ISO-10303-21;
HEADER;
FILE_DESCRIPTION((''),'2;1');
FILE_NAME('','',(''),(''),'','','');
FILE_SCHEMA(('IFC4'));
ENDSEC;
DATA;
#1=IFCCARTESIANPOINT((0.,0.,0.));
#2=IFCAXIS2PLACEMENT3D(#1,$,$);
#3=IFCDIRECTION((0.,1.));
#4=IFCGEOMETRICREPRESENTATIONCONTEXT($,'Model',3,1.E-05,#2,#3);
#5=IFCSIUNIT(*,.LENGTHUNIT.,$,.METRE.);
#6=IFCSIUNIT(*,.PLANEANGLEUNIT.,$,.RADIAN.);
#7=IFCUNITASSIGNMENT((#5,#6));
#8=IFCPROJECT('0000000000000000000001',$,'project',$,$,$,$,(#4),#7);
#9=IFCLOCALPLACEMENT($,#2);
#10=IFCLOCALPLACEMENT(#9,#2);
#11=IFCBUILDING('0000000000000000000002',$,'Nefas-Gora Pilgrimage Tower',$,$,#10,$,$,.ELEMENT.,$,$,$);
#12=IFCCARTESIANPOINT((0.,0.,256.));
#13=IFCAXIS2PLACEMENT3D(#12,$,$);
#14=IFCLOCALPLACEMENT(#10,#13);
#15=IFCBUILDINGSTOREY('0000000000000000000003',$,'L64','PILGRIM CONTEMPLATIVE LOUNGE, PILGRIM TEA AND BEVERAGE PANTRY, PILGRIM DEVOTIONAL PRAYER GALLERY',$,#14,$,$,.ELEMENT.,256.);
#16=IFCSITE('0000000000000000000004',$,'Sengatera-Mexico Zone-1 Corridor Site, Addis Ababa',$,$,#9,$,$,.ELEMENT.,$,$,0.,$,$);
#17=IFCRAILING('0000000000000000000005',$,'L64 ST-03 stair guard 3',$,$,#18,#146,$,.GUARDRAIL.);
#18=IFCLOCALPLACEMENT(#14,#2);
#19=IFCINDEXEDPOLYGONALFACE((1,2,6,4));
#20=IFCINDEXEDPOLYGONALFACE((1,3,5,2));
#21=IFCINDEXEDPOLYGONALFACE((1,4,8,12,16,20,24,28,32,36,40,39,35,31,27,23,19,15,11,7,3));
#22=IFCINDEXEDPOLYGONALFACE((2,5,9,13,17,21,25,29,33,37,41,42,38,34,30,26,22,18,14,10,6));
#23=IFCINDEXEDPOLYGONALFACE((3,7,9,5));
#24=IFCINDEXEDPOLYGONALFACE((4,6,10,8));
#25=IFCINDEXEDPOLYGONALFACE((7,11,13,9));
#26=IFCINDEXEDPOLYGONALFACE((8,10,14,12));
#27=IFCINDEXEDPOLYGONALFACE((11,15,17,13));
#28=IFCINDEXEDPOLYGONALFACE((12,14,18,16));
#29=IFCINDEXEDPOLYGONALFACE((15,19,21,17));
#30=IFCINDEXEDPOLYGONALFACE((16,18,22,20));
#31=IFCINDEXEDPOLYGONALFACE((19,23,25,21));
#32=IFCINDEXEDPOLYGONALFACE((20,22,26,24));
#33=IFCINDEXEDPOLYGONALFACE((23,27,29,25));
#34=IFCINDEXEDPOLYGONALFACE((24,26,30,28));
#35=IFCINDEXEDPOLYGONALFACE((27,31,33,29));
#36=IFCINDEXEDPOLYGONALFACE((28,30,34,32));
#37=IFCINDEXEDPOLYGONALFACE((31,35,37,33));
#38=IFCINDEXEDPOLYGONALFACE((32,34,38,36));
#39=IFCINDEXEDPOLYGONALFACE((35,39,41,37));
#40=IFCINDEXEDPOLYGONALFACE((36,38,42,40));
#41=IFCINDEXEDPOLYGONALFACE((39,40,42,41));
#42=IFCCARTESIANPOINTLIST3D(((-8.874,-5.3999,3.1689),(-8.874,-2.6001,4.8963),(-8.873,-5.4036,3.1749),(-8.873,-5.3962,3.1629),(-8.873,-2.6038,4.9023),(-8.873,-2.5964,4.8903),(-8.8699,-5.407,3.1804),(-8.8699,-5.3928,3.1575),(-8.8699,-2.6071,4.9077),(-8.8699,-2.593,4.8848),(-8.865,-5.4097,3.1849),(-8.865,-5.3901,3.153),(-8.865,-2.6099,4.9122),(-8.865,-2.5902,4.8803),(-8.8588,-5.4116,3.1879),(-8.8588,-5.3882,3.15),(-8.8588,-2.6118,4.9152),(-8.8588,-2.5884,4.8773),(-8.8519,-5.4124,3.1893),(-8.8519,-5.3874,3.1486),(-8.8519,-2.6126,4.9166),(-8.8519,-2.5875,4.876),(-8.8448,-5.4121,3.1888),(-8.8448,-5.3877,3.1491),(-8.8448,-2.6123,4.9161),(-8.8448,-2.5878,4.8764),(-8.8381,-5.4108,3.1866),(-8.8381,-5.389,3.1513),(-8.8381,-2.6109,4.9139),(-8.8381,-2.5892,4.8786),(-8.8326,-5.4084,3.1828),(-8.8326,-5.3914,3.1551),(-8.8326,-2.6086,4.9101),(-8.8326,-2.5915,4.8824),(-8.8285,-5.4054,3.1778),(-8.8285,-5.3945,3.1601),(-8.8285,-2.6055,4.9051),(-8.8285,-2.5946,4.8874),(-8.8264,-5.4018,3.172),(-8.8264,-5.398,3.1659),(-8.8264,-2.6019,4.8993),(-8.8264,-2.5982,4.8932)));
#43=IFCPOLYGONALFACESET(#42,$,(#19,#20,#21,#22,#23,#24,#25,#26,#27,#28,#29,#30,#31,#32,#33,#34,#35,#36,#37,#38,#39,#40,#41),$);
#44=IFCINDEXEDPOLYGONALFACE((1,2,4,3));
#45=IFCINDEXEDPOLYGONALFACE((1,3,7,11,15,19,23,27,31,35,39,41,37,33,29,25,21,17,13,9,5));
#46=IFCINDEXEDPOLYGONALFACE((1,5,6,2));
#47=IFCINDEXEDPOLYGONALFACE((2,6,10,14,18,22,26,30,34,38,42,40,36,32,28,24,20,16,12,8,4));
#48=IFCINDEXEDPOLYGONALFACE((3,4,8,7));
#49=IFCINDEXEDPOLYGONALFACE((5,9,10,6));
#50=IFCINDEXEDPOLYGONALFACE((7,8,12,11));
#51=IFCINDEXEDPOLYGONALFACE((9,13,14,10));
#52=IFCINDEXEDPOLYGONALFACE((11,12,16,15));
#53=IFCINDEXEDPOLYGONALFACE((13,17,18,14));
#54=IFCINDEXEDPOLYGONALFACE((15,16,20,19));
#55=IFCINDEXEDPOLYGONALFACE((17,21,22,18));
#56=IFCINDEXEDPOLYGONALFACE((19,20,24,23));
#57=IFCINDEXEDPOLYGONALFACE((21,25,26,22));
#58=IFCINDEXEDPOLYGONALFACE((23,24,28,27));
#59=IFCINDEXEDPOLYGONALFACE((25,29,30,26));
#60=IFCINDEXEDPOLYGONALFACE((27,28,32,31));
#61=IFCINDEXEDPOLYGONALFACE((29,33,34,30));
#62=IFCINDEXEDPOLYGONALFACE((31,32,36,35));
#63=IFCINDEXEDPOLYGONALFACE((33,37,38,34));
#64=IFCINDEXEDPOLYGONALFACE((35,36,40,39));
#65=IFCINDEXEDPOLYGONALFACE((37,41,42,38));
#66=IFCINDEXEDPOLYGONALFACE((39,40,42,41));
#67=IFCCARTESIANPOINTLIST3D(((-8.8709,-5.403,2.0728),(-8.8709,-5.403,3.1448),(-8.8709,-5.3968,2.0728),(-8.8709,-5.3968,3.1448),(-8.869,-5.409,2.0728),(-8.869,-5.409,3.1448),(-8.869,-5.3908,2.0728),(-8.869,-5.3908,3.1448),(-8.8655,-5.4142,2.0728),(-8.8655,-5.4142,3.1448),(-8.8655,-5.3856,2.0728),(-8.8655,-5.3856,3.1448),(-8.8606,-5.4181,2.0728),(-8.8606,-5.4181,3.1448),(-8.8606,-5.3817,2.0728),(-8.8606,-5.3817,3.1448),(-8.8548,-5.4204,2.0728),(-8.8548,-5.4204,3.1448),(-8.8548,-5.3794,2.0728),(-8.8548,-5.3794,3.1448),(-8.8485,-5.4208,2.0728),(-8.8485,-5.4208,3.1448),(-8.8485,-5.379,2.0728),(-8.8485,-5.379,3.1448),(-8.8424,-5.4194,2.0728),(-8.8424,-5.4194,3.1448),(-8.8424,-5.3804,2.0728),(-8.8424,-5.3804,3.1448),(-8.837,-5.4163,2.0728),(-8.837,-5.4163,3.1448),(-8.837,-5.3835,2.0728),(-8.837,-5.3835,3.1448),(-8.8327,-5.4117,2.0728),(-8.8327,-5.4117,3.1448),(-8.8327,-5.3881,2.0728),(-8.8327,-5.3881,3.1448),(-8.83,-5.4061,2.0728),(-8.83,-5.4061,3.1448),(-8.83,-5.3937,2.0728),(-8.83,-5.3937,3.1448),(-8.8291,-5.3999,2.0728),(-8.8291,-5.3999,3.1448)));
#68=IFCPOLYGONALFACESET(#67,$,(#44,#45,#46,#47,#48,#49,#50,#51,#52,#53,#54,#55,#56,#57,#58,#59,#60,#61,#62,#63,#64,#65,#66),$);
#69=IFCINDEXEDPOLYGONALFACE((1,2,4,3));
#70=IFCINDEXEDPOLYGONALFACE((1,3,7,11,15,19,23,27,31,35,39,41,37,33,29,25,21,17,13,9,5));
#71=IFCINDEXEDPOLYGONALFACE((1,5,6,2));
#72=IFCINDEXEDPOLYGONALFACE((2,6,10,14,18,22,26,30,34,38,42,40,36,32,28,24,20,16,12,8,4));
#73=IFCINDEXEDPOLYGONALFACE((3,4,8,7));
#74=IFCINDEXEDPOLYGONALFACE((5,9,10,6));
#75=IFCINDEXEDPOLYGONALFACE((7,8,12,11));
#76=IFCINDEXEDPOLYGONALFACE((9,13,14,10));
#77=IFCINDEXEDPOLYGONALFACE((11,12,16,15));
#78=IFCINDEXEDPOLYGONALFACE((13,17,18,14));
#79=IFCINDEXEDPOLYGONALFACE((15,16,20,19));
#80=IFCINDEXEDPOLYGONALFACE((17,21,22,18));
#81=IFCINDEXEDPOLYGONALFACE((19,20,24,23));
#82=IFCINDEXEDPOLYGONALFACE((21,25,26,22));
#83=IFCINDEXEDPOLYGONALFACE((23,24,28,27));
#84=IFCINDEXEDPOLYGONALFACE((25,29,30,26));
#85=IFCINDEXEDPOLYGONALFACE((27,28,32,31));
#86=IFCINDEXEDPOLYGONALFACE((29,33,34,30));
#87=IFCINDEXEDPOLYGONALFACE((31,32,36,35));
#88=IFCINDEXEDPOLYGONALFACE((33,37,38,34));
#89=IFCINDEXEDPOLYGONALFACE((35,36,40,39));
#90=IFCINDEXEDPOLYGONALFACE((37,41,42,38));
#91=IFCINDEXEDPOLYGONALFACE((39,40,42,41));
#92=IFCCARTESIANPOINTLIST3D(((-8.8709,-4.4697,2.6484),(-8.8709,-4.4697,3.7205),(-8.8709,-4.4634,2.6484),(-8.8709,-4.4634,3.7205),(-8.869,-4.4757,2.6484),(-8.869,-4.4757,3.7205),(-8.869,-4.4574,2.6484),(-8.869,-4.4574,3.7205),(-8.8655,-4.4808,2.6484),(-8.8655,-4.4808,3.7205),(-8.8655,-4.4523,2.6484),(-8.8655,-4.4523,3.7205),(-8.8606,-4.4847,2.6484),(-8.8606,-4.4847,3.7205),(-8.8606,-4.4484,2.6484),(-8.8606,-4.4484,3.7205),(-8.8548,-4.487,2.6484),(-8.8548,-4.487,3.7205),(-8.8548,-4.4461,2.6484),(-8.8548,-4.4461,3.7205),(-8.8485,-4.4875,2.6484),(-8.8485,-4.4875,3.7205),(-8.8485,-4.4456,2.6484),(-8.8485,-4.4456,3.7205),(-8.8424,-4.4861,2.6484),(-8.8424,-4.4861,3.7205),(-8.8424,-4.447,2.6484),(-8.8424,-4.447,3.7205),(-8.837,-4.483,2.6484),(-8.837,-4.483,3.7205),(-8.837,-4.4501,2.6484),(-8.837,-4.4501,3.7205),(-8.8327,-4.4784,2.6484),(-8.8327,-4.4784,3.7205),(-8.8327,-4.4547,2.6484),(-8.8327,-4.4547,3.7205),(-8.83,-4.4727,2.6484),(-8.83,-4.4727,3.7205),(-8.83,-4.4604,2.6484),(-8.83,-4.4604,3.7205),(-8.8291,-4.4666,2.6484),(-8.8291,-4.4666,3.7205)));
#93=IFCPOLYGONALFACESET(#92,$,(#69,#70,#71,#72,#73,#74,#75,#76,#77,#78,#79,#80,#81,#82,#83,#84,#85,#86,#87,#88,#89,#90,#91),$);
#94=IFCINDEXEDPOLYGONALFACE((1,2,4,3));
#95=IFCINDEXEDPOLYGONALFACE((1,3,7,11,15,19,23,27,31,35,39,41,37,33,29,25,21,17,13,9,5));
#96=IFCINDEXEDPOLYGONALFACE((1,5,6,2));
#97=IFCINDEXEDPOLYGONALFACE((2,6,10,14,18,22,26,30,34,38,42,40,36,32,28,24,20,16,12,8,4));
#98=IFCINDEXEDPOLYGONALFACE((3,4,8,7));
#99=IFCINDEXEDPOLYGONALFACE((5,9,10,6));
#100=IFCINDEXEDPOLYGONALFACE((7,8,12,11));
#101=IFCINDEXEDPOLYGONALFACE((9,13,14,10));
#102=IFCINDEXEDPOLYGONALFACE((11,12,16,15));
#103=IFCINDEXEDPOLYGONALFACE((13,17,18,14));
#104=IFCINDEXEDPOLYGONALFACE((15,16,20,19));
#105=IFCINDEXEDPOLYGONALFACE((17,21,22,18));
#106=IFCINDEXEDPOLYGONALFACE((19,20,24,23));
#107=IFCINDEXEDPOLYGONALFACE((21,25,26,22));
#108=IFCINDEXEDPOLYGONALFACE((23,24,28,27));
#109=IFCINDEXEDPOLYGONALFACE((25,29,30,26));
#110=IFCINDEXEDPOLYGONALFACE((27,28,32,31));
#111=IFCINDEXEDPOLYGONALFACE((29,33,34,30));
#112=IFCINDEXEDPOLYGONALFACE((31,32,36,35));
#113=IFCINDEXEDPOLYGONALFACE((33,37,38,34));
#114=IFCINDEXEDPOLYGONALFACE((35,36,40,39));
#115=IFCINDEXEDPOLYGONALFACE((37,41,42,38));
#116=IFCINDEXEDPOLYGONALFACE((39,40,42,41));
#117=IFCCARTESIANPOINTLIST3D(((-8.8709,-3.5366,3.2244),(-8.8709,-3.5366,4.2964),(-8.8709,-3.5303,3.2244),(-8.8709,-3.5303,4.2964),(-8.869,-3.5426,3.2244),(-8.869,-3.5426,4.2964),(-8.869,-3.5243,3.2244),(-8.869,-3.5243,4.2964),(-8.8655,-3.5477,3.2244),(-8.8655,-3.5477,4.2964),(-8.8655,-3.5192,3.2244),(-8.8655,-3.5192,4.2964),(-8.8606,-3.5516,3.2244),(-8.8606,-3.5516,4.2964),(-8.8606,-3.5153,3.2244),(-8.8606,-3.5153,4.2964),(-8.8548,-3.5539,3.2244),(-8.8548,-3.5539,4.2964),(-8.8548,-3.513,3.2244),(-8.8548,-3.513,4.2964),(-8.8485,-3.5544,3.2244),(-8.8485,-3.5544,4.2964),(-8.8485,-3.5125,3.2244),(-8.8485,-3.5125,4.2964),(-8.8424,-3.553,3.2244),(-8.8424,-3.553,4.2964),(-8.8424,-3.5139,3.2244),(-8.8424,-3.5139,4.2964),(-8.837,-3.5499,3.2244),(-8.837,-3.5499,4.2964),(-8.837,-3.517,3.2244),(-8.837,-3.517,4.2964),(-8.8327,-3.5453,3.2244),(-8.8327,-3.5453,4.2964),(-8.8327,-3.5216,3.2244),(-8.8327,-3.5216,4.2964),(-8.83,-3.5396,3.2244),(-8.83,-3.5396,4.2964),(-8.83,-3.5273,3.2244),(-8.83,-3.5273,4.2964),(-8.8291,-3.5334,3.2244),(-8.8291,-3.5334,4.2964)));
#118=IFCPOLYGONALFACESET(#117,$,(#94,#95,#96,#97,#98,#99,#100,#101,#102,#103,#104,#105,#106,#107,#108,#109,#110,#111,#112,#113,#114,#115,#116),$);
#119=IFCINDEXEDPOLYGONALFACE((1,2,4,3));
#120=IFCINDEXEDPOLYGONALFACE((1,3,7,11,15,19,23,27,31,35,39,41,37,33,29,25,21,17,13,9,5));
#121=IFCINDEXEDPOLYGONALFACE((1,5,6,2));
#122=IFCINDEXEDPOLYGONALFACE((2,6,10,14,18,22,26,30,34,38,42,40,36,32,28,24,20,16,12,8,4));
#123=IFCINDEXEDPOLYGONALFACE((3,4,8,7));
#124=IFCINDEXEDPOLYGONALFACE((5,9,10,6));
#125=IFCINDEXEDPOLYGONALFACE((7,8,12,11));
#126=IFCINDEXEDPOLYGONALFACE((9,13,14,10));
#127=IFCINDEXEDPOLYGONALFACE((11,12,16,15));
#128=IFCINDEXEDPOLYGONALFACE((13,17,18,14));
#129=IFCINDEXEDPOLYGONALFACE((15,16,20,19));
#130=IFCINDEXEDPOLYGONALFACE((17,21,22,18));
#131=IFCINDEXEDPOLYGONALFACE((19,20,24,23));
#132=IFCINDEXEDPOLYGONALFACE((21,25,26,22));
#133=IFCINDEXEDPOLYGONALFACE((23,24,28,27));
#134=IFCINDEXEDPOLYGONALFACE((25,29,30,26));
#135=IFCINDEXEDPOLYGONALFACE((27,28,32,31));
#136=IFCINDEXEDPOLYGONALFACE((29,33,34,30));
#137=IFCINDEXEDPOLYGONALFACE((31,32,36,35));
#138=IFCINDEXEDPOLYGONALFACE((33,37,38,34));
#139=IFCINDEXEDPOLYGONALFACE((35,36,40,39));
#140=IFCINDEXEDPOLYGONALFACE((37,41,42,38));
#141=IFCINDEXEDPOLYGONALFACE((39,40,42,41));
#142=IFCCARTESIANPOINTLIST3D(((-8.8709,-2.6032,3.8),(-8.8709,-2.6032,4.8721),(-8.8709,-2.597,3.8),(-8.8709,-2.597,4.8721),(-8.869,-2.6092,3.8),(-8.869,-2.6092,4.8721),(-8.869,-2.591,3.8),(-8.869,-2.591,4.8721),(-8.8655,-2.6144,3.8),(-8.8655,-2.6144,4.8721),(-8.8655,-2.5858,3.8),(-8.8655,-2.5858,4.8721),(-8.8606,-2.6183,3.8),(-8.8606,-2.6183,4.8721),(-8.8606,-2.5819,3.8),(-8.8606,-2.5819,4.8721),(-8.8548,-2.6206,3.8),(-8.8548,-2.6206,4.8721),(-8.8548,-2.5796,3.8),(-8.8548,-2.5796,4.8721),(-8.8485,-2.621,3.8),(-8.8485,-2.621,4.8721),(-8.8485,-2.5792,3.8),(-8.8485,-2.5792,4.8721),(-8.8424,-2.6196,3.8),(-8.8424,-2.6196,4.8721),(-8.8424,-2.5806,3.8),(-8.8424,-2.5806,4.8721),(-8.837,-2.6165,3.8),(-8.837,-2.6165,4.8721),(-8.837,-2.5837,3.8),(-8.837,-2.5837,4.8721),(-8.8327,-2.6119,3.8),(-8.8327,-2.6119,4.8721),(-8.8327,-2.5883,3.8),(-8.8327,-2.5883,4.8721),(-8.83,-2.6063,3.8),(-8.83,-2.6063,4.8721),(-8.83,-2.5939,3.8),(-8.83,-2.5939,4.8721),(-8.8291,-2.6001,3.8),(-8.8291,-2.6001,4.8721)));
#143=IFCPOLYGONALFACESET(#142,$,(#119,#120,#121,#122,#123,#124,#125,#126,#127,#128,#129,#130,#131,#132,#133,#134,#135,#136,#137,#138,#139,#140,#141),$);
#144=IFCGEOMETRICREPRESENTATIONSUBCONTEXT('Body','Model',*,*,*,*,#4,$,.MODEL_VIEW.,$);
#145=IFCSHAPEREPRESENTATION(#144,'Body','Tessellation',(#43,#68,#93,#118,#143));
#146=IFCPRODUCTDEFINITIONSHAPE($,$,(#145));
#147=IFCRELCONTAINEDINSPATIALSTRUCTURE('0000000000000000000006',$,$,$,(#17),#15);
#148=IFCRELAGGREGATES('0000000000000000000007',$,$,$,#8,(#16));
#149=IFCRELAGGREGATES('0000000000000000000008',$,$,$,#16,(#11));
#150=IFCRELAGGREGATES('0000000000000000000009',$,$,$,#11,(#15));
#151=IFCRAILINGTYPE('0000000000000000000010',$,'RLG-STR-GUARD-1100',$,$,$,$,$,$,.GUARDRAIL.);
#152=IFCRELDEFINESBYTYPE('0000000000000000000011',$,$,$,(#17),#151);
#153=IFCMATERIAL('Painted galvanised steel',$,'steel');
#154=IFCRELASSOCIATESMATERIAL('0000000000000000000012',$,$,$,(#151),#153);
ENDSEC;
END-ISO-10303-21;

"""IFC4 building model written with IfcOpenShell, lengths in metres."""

from ifc_helpers import new_model, si_unit, direction, frame, origin, origin_2d, place, context, subcontext, project, spatial, circle, extrude, material, type_object, element, save


model = new_model("IFC4")

# Units and contexts
model_context = context("Model", 3, precision=1e-05, world=origin(), true_north=direction((0.0, 1.0)))
body_context = subcontext(model_context, "Body", "Model", "MODEL_VIEW")
ifc_project = project(units=[si_unit("LENGTHUNIT", "METRE"), si_unit("PLANEANGLEUNIT", "RADIAN")], contexts=[model_context])

# Site, building, storey
site_placement = place(None, origin())
site = spatial("IfcSite", under=ifc_project, at=site_placement, Name="Sengatera-Mexico Zone-1 Corridor Site, Addis Ababa", CompositionType="ELEMENT", RefElevation=0.0)
building_placement = place(site_placement, origin())
building = spatial("IfcBuilding", under=site, at=building_placement, Name="Nefas-Gora Pilgrimage Tower", CompositionType="ELEMENT")
storey_placement = place(building_placement, frame((0.0, 0.0, 256.0)))
storey = spatial("IfcBuildingStorey", under=building, at=storey_placement, Name="L64", Description="PILGRIM CONTEMPLATIVE LOUNGE, PILGRIM TEA AND BEVERAGE PANTRY, PILGRIM DEVOTIONAL PRAYER GALLERY", CompositionType="ELEMENT", Elevation=256.0)

# Railing
ifc_material_1 = material(Name="Painted galvanised steel", Category="steel")
railing_type_1 = type_object("IfcRailingType", Name="RLG-STR-GUARD-1100", PredefinedType="GUARDRAIL", material=ifc_material_1)
railing_1_placement = place(storey_placement, frame((-8.8501, -5.3999, 2.0728)))
element("IfcRailing", 1, at=railing_1_placement, inside=storey, type_object=railing_type_1, Name="L64 ST-03 stair guard 3", PredefinedType="GUARDRAIL", context=body_context, shape_type="SweptSolid", body=[
    extrude(circle(Radius=0.0239, at=origin_2d()), frame((0.0, 0.0, 1.0962), z_axis=(0.0, 0.851069, 0.525054), x_axis=(-1.0, 0.0, 0.0)), (0.0, 0.0, 1.0), 3.2898),
    extrude(circle(Radius=0.021, at=origin_2d()), origin(), (0.0, 0.0, 1.0), 1.072),
    extrude(circle(Radius=0.021, at=origin_2d()), frame((0.0, 0.9333, 0.5757)), (0.0, 0.0, 1.0), 1.072),
    extrude(circle(Radius=0.021, at=origin_2d()), frame((0.0, 1.8665, 1.1516)), (0.0, 0.0, 1.0), 1.072),
    extrude(circle(Radius=0.021, at=origin_2d()), frame((0.0, 2.7998, 1.7273)), (0.0, 0.0, 1.0), 1.072),
])

save(model, "model.ifc")
